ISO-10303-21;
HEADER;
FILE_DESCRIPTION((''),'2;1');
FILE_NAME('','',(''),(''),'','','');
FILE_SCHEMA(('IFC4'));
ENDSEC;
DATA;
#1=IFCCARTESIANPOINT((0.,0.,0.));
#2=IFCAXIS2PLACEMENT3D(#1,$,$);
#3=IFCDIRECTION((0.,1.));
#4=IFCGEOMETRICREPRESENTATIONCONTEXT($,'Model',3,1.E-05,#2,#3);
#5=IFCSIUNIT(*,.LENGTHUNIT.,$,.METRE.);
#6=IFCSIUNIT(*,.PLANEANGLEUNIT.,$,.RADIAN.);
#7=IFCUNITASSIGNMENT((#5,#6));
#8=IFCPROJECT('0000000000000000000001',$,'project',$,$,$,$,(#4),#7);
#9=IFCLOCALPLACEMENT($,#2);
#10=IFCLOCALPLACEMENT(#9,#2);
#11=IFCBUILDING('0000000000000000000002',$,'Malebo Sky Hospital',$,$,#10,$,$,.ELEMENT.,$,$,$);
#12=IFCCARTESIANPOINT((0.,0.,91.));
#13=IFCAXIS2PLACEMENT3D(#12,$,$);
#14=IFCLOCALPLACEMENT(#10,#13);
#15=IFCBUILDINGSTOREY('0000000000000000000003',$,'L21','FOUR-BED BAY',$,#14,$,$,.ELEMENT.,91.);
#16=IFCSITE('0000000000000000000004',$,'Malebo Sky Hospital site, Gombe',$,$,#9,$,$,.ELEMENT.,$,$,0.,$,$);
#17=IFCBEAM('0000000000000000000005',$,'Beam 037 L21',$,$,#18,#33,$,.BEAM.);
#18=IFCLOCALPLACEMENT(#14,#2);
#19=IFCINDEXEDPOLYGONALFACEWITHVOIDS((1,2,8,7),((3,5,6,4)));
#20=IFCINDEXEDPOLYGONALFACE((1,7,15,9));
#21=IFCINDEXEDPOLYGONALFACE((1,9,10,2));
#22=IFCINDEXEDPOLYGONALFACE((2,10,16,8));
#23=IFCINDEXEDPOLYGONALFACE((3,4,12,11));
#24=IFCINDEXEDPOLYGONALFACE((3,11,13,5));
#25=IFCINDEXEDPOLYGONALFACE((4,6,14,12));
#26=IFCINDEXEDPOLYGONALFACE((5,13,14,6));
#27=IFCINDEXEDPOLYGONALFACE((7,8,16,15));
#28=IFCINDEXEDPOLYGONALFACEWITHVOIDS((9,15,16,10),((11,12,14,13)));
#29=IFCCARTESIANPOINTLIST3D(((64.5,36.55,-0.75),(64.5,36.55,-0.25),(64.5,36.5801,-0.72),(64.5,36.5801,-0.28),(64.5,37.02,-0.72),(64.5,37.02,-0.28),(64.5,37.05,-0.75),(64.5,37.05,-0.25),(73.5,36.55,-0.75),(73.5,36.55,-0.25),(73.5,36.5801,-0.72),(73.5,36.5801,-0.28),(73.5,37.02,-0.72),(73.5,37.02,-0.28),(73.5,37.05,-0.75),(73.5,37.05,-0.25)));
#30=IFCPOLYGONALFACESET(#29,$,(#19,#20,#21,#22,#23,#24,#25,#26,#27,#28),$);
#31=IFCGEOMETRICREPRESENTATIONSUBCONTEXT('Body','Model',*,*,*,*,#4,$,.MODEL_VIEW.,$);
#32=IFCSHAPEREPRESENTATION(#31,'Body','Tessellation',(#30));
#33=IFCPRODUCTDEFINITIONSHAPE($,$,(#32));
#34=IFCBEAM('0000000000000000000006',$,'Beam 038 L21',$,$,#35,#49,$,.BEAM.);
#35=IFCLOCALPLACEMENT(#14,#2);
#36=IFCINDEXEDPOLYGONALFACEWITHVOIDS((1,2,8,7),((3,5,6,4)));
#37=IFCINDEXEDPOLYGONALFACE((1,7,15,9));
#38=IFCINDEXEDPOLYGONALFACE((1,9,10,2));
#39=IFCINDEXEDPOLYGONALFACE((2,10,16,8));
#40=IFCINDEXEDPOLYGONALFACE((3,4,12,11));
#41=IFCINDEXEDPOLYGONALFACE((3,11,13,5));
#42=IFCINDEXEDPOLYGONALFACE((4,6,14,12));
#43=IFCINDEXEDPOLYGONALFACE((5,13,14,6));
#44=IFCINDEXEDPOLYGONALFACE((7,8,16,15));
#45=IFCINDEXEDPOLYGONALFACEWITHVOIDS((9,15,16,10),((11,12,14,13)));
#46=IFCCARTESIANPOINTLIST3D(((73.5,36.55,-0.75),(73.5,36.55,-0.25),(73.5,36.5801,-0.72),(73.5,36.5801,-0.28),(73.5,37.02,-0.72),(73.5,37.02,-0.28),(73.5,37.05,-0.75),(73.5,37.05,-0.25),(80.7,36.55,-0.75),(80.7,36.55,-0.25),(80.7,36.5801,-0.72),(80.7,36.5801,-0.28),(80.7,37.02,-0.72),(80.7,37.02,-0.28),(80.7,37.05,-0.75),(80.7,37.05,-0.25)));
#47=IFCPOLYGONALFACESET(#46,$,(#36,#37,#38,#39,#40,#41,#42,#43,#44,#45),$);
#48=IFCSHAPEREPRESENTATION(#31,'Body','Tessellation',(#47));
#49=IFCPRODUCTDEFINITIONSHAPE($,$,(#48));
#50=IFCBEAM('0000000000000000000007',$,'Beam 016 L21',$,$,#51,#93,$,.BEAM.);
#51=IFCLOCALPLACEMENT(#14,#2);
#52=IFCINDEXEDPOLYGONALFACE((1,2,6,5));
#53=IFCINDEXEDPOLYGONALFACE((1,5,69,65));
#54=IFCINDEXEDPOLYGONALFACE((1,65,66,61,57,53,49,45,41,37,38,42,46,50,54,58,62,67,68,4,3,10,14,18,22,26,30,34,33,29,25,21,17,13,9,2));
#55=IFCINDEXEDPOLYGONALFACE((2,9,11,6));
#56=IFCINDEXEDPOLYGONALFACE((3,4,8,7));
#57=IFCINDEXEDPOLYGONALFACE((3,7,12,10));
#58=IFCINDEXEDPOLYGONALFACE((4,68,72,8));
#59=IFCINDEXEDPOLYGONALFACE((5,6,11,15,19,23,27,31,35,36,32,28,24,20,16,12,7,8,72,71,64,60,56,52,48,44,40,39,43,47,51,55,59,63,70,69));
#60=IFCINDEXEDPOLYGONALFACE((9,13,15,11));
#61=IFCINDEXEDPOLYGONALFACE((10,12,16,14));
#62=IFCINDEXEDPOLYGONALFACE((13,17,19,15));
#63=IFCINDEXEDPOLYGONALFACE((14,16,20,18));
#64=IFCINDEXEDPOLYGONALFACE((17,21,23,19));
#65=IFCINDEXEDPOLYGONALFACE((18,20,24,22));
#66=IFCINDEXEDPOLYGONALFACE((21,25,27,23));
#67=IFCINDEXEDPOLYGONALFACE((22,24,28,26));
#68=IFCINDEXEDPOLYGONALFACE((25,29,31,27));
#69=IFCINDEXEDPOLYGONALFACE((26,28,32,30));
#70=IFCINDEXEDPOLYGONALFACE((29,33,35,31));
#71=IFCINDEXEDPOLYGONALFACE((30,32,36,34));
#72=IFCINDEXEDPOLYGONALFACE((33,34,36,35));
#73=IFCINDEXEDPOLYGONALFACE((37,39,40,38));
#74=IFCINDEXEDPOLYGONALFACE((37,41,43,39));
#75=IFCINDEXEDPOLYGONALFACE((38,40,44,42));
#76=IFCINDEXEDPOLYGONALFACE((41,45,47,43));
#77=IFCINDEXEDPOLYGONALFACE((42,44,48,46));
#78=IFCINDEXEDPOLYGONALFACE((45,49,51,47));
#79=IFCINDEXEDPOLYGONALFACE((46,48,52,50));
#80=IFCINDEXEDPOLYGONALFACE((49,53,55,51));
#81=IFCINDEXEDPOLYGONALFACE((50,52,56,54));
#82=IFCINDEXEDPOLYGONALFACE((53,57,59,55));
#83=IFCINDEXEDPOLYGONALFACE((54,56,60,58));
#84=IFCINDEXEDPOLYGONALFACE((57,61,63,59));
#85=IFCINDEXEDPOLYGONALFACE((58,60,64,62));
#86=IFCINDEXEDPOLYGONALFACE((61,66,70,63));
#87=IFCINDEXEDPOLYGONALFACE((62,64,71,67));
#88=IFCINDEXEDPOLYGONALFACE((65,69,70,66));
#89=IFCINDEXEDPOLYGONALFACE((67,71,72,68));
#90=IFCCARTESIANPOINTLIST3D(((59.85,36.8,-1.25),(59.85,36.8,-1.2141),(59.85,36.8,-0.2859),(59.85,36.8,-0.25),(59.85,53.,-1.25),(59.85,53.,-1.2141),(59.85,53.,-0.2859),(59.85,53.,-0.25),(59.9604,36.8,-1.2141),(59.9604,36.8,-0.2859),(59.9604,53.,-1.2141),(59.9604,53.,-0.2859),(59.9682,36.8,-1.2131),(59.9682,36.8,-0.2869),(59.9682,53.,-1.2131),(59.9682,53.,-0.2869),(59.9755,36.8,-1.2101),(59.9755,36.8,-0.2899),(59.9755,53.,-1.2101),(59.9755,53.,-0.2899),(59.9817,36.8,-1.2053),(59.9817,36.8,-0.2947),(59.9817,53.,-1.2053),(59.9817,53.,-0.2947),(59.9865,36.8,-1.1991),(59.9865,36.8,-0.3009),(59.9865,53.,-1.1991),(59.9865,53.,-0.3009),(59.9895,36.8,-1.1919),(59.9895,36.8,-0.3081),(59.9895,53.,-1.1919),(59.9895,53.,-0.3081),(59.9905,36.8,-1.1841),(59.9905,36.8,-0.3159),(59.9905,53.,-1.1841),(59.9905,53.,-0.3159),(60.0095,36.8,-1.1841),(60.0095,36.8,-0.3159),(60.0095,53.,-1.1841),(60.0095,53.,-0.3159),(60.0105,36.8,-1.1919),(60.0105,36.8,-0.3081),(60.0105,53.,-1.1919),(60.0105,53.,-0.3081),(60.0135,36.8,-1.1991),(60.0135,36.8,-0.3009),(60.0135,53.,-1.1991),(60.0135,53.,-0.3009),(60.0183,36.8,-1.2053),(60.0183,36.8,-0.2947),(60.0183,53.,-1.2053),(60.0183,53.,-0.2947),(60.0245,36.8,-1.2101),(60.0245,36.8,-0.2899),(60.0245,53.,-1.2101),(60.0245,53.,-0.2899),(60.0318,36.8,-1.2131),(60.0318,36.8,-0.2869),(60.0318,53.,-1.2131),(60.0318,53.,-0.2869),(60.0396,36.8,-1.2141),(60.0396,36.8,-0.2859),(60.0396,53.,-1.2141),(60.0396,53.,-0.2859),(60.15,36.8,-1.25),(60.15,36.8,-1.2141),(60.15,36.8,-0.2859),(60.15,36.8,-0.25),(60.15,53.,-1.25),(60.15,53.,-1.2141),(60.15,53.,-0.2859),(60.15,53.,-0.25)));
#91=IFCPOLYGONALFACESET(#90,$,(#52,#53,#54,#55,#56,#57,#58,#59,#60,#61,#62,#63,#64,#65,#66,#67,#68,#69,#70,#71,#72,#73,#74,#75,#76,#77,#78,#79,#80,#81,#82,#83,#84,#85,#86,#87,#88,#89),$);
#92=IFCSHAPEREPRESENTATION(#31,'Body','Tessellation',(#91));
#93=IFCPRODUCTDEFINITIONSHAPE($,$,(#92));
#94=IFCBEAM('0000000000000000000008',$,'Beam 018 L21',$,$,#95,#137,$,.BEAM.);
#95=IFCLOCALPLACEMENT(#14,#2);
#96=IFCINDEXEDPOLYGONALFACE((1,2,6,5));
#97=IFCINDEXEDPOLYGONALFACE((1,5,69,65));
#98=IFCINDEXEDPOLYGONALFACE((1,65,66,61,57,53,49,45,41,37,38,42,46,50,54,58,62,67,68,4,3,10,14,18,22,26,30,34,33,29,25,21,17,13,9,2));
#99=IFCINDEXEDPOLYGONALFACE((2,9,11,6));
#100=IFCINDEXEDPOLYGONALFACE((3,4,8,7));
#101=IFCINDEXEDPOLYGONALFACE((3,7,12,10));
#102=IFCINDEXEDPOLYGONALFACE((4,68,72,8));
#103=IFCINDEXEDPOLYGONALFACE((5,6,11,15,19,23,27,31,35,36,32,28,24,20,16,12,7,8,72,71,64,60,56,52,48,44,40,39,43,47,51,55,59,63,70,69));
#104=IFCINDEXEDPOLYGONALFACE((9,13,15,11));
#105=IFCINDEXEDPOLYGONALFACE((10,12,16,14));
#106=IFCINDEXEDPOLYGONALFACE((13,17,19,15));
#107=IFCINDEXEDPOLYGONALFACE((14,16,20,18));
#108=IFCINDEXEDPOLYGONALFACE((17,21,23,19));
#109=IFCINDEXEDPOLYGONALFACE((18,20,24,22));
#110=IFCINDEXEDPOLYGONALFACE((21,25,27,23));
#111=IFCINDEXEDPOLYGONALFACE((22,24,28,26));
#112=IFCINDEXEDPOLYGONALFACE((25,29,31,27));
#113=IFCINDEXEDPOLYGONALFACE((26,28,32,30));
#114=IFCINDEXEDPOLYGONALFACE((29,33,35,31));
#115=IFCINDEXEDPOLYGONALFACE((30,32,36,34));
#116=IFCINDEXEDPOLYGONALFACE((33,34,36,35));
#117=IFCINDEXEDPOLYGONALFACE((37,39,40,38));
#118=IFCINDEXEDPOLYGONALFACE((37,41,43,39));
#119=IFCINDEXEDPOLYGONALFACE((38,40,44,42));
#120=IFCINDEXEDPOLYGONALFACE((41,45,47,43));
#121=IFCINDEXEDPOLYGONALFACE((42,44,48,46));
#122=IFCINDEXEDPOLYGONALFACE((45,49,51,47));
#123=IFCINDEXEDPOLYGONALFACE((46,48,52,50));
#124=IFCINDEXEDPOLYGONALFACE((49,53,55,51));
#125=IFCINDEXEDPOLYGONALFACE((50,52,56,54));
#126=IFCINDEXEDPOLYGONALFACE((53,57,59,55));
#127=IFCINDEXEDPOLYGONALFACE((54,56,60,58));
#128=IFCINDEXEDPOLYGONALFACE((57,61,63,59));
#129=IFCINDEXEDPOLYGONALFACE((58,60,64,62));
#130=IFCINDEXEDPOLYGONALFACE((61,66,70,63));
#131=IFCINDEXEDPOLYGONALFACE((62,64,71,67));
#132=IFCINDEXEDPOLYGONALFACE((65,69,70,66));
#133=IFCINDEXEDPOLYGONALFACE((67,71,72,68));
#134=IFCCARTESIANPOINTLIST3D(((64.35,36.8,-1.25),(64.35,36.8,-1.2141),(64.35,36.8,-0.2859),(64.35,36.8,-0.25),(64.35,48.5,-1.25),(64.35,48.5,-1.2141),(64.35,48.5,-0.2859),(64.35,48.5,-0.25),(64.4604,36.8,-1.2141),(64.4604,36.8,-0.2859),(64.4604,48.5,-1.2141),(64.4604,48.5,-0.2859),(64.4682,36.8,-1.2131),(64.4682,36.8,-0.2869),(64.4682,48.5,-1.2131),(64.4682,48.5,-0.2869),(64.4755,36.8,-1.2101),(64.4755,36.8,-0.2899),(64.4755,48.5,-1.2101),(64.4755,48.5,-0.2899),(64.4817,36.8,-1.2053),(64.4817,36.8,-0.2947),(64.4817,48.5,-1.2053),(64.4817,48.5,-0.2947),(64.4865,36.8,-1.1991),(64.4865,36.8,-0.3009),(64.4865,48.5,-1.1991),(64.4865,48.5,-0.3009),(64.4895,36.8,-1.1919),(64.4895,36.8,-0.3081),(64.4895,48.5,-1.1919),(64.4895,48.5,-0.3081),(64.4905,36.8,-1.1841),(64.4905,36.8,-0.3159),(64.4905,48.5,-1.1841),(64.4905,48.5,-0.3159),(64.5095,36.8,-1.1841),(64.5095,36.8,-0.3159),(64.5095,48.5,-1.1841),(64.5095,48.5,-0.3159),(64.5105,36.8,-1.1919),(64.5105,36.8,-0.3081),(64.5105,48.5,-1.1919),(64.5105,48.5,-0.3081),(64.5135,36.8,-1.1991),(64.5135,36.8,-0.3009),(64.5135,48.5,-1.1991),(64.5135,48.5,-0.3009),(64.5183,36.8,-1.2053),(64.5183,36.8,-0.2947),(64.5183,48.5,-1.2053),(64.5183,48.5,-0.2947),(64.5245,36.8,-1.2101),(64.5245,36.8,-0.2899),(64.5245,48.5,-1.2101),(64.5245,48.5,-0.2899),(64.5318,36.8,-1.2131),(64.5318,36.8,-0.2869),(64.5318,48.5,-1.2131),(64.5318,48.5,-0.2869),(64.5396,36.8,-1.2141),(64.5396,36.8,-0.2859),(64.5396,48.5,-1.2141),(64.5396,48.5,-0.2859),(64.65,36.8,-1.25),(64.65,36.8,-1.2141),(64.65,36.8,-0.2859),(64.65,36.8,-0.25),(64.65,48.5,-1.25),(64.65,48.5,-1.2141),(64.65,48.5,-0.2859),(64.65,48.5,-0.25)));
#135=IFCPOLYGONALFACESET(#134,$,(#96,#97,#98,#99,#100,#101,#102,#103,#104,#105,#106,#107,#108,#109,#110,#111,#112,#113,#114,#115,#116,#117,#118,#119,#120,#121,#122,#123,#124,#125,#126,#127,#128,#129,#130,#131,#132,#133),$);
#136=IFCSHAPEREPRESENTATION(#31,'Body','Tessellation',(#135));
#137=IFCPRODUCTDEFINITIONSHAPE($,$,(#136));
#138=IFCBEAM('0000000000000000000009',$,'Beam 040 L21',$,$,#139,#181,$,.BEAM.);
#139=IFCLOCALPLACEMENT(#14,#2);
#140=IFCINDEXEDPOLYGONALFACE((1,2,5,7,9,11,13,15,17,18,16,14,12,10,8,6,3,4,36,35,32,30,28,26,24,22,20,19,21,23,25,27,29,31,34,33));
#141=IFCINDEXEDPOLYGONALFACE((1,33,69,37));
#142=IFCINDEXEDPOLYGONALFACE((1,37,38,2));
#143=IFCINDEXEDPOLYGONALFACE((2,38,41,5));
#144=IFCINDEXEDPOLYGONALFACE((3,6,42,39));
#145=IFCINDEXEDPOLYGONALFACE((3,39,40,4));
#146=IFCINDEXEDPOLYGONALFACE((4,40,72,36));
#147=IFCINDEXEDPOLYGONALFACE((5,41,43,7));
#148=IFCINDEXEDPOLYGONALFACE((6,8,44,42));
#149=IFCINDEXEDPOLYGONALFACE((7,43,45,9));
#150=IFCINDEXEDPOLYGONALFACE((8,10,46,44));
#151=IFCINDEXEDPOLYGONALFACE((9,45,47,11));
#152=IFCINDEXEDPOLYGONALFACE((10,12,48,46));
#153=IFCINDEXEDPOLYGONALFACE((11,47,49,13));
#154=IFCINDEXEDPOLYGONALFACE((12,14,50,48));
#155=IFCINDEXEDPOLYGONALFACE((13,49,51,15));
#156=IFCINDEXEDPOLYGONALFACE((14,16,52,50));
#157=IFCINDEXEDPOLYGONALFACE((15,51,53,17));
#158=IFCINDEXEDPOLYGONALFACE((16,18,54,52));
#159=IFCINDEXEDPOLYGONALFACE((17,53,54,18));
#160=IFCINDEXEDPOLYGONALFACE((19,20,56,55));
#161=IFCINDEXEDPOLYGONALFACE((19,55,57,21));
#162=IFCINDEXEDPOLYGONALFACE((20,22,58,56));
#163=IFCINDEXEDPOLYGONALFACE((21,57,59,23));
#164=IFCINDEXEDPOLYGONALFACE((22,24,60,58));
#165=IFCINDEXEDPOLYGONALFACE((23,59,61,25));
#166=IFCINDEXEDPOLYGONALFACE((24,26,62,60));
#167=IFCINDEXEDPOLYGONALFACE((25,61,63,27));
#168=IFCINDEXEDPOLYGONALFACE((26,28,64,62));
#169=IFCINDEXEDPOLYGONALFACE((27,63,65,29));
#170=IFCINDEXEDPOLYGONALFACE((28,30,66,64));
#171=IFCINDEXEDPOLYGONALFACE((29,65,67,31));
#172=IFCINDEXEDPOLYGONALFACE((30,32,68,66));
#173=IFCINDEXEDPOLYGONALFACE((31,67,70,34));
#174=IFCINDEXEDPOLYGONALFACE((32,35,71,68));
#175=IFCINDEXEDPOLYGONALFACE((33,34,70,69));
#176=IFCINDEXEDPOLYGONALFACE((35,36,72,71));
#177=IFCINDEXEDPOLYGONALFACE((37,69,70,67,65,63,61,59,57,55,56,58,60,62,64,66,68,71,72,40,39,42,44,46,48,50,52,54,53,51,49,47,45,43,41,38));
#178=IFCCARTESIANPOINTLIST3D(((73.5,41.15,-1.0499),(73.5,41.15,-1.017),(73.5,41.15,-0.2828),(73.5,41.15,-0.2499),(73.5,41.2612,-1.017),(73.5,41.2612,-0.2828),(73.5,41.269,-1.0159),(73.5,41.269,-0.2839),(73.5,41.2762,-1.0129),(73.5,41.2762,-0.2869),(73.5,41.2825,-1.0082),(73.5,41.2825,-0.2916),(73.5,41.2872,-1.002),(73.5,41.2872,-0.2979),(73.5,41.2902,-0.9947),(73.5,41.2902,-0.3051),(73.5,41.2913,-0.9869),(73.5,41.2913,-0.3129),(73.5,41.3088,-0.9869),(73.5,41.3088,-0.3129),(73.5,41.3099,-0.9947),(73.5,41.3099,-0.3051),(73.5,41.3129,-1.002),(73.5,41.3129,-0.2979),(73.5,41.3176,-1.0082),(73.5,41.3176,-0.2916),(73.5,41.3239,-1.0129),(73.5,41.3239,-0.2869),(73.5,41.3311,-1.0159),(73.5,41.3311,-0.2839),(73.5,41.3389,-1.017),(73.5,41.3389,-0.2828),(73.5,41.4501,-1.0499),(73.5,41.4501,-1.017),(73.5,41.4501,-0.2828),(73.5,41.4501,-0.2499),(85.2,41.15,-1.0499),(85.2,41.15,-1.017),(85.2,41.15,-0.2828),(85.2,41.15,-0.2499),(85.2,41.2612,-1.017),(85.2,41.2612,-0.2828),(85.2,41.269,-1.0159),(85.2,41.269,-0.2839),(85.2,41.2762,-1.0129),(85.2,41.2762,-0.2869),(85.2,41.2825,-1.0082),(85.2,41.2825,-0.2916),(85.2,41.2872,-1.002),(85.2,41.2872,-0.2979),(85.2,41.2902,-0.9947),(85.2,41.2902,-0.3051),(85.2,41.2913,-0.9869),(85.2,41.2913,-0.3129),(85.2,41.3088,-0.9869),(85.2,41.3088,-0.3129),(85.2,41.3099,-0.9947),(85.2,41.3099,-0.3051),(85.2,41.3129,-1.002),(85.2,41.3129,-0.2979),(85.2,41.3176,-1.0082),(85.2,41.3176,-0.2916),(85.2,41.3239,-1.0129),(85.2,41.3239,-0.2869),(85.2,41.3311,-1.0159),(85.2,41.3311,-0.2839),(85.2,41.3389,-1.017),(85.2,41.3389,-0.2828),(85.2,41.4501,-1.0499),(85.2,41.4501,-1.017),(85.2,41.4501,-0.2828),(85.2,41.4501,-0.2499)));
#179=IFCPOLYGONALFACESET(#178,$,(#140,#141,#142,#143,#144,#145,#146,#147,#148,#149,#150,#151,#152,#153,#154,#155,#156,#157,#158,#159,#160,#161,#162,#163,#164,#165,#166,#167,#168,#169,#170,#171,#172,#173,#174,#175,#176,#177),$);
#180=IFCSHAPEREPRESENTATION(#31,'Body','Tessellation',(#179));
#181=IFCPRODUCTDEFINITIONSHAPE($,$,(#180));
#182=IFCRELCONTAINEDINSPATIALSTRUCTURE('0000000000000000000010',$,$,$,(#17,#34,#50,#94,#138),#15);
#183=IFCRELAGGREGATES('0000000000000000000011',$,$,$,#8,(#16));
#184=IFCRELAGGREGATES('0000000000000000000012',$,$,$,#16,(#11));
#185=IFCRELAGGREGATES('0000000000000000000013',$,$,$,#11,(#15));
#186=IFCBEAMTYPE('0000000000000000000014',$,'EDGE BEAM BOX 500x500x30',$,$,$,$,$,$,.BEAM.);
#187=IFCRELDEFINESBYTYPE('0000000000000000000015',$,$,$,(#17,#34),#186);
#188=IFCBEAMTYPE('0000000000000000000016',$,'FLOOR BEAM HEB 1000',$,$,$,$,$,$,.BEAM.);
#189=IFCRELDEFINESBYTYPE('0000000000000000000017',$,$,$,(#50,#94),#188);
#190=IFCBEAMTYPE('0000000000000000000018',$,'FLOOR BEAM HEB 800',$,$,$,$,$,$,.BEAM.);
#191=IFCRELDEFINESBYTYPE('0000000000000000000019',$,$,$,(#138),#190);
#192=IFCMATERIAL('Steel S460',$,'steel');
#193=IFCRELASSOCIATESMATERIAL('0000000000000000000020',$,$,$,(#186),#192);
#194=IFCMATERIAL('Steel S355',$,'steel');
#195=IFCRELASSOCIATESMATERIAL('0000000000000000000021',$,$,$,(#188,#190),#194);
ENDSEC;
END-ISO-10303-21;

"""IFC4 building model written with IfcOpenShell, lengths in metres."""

from ifc_helpers import new_model, si_unit, direction, frame, origin, origin_2d, place, context, subcontext, project, spatial, hollow_rectangle, i_section, extrude, material, material_profile, profile_set, type_object, element, save


model = new_model("IFC4")

# Units and contexts
model_context = context("Model", 3, precision=1e-05, world=origin(), true_north=direction((0.0, 1.0)))
body_context = subcontext(model_context, "Body", "Model", "MODEL_VIEW")
ifc_project = project(units=[si_unit("LENGTHUNIT", "METRE"), si_unit("PLANEANGLEUNIT", "RADIAN")], contexts=[model_context])

# Site, building, storey
site_placement = place(None, origin())
site = spatial("IfcSite", under=ifc_project, at=site_placement, Name="Malebo Sky Hospital site, Gombe", CompositionType="ELEMENT", RefElevation=0.0)
building_placement = place(site_placement, origin())
building = spatial("IfcBuilding", under=site, at=building_placement, Name="Malebo Sky Hospital", CompositionType="ELEMENT")
storey_placement = place(building_placement, frame((0.0, 0.0, 91.0)))
storey = spatial("IfcBuildingStorey", under=building, at=storey_placement, Name="L21", Description="FOUR-BED BAY", CompositionType="ELEMENT", Elevation=91.0)

# Shared definitions
ifc_material_1 = material(Name="Steel S460", Category="steel")

# Beams
ifc_material_profile_1 = material_profile(ifc_material_1, hollow_rectangle(XDim=0.5, YDim=0.5, WallThickness=0.03, at=origin_2d()), Name="BOX 500x500x30")
ifc_profile_set_1 = profile_set([ifc_material_profile_1], Name="Steel S460")
beam_type_1 = type_object("IfcBeamType", Name="EDGE BEAM BOX 500x500x30", PredefinedType="BEAM", material=ifc_profile_set_1)
beam_1_placement = place(storey_placement, frame((64.5, 36.8, -0.5), z_axis=(1.0, 0.0, 0.0), x_axis=(0.0, 1.0, 0.0)))
element("IfcBeam", 1, at=beam_1_placement, inside=storey, type_object=beam_type_1, Name="Beam 037 L21", PredefinedType="BEAM", context=body_context, shape_type="SweptSolid", body=[
    extrude(hollow_rectangle(XDim=0.5, YDim=0.5, WallThickness=0.03, at=origin_2d()), origin(), (0.0, 0.0, 1.0), 9.0),
])
beam_2_placement = place(storey_placement, frame((73.5, 36.8, -0.5), z_axis=(1.0, 0.0, 0.0), x_axis=(0.0, 1.0, 0.0)))
element("IfcBeam", 2, at=beam_2_placement, inside=storey, type_object=beam_type_1, Name="Beam 038 L21", PredefinedType="BEAM", context=body_context, shape_type="SweptSolid", body=[
    extrude(hollow_rectangle(XDim=0.5, YDim=0.5, WallThickness=0.03, at=origin_2d()), origin(), (0.0, 0.0, 1.0), 7.2),
])
ifc_material_2 = material(Name="Steel S355", Category="steel")
ifc_material_profile_2 = material_profile(ifc_material_2, i_section(OverallWidth=0.3, OverallDepth=1.0, WebThickness=0.019, FlangeThickness=0.0359, FilletRadius=0.03, at=origin_2d()), Name="HEB 1000")
ifc_profile_set_2 = profile_set([ifc_material_profile_2], Name="Steel S355")
beam_type_2 = type_object("IfcBeamType", Name="FLOOR BEAM HEB 1000", PredefinedType="BEAM", material=ifc_profile_set_2)
beam_3_placement = place(storey_placement, frame((60.0, 36.8, -0.75), z_axis=(0.0, 1.0, 0.0), x_axis=(-1.0, 0.0, 0.0)))
element("IfcBeam", 3, at=beam_3_placement, inside=storey, type_object=beam_type_2, Name="Beam 016 L21", PredefinedType="BEAM", context=body_context, shape_type="SweptSolid", body=[
    extrude(i_section(OverallWidth=0.3, OverallDepth=1.0, WebThickness=0.019, FlangeThickness=0.0359, FilletRadius=0.03, at=origin_2d()), origin(), (0.0, 0.0, 1.0), 16.2),
])
beam_4_placement = place(storey_placement, frame((64.5, 36.8, -0.75), z_axis=(0.0, 1.0, 0.0), x_axis=(-1.0, 0.0, 0.0)))
element("IfcBeam", 4, at=beam_4_placement, inside=storey, type_object=beam_type_2, Name="Beam 018 L21", PredefinedType="BEAM", context=body_context, shape_type="SweptSolid", body=[
    extrude(i_section(OverallWidth=0.3, OverallDepth=1.0, WebThickness=0.019, FlangeThickness=0.0359, FilletRadius=0.03, at=origin_2d()), origin(), (0.0, 0.0, 1.0), 11.7),
])
ifc_material_profile_3 = material_profile(ifc_material_2, i_section(OverallWidth=0.3, OverallDepth=0.8, WebThickness=0.0176, FlangeThickness=0.033, FilletRadius=0.03, at=origin_2d()), Name="HEB 800")
ifc_profile_set_3 = profile_set([ifc_material_profile_3], Name="Steel S355")
beam_type_3 = type_object("IfcBeamType", Name="FLOOR BEAM HEB 800", PredefinedType="BEAM", material=ifc_profile_set_3)
beam_5_placement = place(storey_placement, frame((73.5, 41.3, -0.6499), z_axis=(1.0, 0.0, 0.0), x_axis=(0.0, 1.0, 0.0)))
element("IfcBeam", 5, at=beam_5_placement, inside=storey, type_object=beam_type_3, Name="Beam 040 L21", PredefinedType="BEAM", context=body_context, shape_type="SweptSolid", body=[
    extrude(i_section(OverallWidth=0.3, OverallDepth=0.8, WebThickness=0.0176, FlangeThickness=0.033, FilletRadius=0.03, at=origin_2d()), origin(), (0.0, 0.0, 1.0), 11.7),
])

save(model, "model.ifc")
